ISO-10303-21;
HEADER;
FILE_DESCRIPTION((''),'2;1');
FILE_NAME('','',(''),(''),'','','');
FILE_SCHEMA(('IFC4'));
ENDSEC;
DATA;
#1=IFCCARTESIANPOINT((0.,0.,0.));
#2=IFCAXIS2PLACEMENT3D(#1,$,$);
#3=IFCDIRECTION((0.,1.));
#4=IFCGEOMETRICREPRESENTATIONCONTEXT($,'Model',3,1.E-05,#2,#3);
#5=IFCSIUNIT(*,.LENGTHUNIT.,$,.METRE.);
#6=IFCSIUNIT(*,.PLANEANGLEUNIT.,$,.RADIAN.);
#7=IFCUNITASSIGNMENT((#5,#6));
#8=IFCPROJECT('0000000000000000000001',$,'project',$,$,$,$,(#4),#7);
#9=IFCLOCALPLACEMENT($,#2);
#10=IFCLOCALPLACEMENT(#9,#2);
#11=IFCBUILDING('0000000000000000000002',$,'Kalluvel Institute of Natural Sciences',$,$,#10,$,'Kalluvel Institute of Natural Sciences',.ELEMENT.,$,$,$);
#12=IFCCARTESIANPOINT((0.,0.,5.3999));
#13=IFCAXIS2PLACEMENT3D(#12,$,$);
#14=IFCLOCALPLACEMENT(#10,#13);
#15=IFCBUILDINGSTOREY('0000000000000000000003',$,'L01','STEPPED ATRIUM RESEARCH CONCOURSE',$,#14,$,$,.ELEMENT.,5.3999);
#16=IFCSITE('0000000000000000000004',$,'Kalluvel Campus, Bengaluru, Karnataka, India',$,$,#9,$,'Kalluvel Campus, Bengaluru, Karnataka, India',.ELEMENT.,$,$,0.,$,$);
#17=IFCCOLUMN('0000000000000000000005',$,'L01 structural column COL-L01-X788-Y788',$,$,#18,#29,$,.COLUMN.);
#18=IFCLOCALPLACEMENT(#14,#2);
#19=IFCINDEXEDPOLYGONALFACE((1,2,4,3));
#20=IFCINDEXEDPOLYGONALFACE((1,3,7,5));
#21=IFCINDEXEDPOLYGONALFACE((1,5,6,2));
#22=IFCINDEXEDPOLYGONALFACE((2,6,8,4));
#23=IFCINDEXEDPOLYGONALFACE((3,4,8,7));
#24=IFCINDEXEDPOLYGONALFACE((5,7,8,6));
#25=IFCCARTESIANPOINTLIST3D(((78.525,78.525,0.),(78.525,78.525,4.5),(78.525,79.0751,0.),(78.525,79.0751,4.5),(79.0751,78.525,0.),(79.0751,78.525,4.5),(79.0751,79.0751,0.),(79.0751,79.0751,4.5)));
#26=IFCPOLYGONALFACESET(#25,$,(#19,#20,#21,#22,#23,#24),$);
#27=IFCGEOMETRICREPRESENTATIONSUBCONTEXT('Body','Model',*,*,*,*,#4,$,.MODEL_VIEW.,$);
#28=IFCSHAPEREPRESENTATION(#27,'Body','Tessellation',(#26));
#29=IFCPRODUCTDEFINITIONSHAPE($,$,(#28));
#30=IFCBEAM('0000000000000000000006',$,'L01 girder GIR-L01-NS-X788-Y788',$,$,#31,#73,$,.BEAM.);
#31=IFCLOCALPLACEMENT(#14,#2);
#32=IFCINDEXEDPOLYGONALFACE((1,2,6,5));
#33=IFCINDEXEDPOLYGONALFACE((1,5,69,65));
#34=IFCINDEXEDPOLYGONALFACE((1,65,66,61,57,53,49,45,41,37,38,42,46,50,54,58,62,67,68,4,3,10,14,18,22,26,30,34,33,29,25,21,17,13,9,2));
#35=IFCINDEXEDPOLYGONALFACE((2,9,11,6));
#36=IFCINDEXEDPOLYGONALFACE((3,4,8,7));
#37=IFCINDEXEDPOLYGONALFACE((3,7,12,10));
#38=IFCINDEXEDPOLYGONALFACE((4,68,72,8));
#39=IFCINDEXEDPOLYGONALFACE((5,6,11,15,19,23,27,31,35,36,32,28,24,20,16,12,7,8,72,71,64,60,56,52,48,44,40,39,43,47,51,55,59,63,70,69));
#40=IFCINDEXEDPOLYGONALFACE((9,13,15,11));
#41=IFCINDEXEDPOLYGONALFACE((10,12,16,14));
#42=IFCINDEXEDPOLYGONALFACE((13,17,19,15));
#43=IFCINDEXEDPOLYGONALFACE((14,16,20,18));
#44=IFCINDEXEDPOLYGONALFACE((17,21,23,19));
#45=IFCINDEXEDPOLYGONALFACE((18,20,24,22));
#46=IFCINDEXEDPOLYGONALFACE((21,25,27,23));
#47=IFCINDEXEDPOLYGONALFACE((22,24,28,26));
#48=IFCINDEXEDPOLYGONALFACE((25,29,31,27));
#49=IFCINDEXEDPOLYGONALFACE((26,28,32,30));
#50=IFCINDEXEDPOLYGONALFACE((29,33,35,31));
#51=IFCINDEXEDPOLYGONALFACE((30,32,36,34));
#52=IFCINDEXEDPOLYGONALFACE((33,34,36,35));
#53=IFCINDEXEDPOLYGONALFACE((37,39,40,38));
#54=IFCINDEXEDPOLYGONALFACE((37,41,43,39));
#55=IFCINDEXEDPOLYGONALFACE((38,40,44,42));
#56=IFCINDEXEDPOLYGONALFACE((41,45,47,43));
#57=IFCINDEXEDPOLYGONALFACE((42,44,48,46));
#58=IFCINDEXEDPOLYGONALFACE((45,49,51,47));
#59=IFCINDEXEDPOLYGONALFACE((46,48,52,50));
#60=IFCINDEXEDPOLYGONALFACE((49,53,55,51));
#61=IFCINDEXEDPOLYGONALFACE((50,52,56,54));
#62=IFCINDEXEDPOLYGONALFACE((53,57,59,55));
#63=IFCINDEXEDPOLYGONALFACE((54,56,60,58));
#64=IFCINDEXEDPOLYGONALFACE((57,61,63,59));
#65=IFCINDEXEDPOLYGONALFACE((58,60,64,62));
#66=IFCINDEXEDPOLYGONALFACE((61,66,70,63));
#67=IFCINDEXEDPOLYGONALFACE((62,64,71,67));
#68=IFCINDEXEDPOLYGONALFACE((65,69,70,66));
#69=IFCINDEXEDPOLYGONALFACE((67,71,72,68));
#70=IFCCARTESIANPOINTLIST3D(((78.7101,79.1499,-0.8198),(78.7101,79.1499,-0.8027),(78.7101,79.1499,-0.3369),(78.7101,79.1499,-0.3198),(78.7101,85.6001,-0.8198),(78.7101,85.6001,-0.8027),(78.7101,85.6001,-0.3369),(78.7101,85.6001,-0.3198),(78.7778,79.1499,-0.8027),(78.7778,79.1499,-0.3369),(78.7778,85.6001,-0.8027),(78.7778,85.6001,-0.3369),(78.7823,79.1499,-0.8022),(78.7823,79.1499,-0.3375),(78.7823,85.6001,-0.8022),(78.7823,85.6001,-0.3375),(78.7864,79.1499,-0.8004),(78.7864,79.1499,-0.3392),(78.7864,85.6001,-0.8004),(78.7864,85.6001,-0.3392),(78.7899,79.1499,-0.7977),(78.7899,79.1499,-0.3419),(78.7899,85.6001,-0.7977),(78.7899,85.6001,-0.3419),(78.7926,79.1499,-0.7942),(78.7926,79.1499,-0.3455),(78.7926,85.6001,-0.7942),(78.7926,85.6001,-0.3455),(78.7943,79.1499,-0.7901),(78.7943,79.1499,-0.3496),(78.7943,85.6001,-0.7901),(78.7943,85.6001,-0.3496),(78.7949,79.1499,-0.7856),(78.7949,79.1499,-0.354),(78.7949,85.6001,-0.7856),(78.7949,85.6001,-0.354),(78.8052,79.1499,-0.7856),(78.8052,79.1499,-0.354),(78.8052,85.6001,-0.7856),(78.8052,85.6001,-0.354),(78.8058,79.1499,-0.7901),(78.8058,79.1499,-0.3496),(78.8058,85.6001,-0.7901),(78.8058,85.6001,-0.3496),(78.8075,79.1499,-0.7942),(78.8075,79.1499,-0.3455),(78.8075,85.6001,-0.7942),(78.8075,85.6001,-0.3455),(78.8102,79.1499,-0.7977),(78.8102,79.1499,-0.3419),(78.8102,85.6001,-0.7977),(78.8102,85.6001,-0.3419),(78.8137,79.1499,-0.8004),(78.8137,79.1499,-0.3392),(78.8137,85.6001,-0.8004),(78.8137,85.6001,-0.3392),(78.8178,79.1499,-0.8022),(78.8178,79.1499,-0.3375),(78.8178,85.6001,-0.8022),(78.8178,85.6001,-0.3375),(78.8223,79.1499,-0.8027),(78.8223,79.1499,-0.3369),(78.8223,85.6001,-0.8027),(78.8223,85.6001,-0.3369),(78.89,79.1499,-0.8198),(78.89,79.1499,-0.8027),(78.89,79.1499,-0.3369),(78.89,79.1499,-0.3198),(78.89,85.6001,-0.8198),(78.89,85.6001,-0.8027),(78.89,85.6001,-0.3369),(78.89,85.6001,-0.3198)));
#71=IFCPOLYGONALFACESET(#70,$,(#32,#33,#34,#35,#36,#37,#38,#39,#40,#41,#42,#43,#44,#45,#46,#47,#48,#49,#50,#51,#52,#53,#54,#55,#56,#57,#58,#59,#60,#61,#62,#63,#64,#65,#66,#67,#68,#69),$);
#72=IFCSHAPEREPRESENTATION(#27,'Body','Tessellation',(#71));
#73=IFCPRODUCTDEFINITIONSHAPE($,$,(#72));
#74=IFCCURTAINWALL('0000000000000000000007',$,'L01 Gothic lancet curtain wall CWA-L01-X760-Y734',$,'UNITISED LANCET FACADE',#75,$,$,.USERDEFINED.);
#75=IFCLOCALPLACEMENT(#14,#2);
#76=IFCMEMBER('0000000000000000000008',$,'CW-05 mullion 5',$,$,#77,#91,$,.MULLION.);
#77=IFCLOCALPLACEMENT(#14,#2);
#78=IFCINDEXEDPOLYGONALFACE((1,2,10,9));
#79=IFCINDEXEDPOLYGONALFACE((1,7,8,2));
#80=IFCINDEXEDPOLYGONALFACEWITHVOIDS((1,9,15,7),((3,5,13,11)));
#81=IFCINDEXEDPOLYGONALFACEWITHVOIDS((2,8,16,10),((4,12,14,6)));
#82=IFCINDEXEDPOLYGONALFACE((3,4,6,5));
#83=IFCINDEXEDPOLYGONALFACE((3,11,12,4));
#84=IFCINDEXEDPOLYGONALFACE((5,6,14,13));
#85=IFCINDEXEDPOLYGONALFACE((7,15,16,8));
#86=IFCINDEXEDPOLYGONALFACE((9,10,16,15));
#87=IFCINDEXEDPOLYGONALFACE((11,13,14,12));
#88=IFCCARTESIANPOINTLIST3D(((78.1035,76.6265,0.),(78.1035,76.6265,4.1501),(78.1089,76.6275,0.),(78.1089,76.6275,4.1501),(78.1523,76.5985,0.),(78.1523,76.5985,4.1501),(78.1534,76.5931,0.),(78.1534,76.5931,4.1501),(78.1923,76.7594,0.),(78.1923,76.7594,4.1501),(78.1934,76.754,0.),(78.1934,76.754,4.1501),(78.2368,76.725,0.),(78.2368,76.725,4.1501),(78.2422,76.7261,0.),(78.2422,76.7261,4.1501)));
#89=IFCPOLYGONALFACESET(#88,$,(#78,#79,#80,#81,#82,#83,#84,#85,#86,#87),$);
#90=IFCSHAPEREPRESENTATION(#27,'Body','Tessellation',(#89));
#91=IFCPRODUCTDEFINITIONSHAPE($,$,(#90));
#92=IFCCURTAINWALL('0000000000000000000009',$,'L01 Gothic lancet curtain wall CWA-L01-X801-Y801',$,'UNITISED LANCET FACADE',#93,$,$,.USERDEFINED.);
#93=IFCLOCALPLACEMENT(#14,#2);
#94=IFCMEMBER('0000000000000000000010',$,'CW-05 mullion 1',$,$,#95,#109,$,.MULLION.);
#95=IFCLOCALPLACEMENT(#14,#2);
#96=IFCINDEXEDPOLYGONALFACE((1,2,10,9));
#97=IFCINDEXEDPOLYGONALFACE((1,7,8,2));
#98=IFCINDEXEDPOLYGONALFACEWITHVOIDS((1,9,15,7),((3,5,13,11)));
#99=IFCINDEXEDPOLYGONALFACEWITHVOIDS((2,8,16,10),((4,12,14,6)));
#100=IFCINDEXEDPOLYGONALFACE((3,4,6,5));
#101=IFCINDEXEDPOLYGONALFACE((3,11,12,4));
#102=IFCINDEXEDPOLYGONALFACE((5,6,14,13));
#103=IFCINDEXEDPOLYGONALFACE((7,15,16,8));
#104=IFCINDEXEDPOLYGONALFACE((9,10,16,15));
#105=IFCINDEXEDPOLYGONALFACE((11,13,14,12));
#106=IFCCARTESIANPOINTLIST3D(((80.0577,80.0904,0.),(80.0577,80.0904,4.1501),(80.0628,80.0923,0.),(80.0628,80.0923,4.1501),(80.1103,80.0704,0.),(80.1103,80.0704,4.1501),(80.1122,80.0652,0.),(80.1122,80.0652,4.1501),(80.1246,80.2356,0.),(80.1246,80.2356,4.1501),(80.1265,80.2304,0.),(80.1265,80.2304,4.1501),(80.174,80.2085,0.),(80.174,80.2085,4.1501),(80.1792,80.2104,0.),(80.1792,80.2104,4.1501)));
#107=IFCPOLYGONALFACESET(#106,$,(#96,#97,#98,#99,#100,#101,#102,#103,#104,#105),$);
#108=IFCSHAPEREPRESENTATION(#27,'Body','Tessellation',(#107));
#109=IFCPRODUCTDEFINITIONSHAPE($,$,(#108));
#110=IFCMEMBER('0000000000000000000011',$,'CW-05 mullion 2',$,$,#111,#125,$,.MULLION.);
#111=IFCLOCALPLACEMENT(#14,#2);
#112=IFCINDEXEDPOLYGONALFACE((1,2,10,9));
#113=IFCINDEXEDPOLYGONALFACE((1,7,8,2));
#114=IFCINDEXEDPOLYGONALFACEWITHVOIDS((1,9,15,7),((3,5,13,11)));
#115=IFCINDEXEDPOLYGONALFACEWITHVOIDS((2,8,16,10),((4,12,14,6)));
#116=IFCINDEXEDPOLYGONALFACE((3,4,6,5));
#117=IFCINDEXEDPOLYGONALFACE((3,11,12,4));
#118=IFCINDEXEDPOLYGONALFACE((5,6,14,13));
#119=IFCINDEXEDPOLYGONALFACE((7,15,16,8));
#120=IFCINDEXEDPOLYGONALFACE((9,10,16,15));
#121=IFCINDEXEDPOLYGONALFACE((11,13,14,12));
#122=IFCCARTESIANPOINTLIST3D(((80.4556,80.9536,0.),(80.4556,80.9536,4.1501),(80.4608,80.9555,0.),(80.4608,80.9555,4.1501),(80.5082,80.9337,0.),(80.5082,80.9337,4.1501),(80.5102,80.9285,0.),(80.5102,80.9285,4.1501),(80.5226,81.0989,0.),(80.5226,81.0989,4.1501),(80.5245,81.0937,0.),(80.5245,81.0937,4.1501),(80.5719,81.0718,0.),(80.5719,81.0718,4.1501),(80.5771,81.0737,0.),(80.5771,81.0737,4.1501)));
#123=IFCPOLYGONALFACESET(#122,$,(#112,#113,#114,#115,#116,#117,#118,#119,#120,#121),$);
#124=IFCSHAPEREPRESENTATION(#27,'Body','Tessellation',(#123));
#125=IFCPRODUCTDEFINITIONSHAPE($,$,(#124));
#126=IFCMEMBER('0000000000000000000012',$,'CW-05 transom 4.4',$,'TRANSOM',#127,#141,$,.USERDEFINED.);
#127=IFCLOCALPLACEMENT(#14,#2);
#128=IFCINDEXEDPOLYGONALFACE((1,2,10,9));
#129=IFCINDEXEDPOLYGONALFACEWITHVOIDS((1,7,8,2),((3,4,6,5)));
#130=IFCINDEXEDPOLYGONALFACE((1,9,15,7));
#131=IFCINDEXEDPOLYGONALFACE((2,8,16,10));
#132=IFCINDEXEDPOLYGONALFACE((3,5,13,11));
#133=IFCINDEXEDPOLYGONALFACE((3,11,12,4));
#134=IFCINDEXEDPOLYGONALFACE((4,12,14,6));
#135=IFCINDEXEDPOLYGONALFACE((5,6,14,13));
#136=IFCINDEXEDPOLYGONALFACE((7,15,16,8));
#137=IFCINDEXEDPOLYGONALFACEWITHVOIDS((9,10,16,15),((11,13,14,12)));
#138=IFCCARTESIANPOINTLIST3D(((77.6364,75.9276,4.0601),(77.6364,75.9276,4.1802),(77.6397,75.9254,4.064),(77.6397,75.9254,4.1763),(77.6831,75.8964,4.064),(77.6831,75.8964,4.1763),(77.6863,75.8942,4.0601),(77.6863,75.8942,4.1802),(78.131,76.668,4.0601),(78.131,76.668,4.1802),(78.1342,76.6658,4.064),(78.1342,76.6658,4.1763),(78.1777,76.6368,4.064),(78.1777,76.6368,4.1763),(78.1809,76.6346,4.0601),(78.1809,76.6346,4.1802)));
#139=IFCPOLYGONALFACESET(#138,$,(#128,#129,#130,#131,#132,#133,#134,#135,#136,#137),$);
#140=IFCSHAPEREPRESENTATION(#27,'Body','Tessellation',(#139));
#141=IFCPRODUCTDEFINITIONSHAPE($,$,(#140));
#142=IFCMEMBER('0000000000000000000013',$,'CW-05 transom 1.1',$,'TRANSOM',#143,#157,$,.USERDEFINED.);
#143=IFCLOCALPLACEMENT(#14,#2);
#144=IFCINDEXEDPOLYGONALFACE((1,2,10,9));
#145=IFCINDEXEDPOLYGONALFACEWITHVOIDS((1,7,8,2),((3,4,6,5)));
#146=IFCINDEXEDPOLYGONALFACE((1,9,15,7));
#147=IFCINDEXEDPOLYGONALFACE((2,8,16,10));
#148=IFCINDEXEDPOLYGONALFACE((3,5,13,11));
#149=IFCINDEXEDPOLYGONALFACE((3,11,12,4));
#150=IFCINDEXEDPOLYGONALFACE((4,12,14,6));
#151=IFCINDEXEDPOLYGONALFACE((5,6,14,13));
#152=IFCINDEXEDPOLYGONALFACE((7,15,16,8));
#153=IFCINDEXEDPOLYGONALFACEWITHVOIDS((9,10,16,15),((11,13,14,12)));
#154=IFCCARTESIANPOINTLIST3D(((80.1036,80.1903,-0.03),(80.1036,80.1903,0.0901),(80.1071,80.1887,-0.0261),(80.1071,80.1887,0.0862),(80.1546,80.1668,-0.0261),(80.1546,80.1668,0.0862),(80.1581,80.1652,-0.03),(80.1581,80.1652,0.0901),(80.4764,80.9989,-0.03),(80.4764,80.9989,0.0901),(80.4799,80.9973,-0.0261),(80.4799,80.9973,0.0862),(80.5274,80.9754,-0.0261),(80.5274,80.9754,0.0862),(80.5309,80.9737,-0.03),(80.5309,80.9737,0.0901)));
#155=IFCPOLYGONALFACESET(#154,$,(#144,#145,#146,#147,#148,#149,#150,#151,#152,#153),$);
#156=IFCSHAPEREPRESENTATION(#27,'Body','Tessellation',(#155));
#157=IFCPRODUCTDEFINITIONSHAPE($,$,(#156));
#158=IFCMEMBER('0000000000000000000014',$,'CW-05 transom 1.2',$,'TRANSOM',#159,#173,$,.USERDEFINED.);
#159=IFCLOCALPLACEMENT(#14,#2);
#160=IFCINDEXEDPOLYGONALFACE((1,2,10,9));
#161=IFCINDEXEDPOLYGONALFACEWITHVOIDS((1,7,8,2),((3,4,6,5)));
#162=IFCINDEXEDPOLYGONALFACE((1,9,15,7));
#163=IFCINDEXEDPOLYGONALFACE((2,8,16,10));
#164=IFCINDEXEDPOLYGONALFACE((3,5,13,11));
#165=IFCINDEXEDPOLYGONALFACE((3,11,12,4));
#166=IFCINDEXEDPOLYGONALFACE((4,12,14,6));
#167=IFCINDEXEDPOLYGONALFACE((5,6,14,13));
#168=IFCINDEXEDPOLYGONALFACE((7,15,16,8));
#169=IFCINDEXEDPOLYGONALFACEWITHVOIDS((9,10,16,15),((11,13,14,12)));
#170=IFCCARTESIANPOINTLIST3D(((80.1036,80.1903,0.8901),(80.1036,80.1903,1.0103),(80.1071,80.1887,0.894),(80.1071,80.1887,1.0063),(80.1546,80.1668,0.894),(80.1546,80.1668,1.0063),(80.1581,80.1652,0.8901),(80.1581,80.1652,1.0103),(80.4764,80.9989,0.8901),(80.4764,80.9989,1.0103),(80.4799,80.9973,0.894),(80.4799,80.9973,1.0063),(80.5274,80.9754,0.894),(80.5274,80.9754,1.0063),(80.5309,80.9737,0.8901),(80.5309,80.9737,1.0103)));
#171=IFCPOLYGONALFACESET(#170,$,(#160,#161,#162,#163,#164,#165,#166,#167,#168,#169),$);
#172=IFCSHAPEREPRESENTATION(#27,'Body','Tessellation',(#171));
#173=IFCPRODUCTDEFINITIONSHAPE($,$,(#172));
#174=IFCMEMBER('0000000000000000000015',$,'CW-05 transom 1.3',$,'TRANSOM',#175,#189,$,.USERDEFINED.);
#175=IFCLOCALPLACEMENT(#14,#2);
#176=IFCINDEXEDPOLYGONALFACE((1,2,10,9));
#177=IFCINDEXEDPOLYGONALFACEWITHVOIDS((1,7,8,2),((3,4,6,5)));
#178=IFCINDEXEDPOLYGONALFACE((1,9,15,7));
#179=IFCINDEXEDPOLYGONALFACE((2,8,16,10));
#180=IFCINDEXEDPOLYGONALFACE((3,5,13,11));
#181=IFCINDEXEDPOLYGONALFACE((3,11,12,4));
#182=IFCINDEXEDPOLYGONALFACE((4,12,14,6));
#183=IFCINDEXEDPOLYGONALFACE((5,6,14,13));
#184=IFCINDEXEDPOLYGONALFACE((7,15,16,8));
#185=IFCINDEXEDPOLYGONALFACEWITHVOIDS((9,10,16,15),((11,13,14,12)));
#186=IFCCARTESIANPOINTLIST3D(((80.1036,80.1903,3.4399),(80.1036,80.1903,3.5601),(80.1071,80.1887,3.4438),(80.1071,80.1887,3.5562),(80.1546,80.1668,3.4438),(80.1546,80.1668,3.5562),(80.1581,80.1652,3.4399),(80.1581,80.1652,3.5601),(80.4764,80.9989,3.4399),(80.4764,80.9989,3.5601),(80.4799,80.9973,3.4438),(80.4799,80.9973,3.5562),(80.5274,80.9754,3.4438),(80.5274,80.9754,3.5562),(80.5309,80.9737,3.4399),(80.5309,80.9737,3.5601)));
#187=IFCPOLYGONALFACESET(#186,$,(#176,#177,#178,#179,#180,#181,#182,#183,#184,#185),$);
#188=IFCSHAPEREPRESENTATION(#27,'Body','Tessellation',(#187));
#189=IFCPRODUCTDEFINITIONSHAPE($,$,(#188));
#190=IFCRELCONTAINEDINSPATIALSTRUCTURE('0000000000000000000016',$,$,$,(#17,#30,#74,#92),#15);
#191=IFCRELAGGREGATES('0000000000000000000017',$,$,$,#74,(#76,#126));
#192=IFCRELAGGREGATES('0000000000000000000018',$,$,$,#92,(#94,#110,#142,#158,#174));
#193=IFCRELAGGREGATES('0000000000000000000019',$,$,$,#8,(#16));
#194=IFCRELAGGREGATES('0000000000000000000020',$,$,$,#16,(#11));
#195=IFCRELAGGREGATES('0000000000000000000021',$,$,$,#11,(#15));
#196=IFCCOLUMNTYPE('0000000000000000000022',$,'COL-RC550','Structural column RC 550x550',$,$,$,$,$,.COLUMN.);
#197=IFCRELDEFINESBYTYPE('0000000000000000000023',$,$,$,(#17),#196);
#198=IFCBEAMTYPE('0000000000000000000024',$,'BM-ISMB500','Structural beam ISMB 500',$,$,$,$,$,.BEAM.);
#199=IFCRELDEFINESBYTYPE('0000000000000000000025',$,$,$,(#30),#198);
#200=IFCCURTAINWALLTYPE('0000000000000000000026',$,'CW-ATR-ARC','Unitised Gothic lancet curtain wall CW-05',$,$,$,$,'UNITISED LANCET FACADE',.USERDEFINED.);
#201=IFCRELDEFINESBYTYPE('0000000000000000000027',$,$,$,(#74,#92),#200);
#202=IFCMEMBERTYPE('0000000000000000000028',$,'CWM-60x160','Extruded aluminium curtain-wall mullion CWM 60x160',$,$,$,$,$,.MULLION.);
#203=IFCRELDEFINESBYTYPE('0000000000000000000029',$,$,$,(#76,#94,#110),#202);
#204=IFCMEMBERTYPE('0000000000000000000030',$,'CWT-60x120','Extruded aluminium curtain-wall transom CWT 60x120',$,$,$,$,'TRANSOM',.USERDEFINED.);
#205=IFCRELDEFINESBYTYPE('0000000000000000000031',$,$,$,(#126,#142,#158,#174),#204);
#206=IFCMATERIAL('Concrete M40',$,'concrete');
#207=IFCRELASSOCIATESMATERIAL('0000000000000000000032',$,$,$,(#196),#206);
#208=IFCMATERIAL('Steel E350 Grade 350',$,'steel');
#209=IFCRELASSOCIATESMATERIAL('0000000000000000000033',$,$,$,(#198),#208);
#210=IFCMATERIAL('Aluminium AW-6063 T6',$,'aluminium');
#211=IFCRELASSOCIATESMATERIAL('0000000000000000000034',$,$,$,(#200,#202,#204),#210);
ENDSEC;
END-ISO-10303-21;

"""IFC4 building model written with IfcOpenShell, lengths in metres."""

from ifc_helpers import new_model, si_unit, direction, frame, origin, origin_2d, place, context, subcontext, project, spatial, rectangle, hollow_rectangle, i_section, extrude, material, material_profile, profile_set, type_object, element, aggregate, save


model = new_model("IFC4")

# Units and contexts
model_context = context("Model", 3, precision=1e-05, world=origin(), true_north=direction((0.0, 1.0)))
body_context = subcontext(model_context, "Body", "Model", "MODEL_VIEW")
ifc_project = project(units=[si_unit("LENGTHUNIT", "METRE"), si_unit("PLANEANGLEUNIT", "RADIAN")], contexts=[model_context])

# Site, building, storey
site_placement = place(None, origin())
site = spatial("IfcSite", under=ifc_project, at=site_placement, Name="Kalluvel Campus, Bengaluru, Karnataka, India", LongName="Kalluvel Campus, Bengaluru, Karnataka, India", CompositionType="ELEMENT", RefElevation=0.0)
building_placement = place(site_placement, origin())
building = spatial("IfcBuilding", under=site, at=building_placement, Name="Kalluvel Institute of Natural Sciences", LongName="Kalluvel Institute of Natural Sciences", CompositionType="ELEMENT")
storey_placement = place(building_placement, frame((0.0, 0.0, 5.3999)))
storey = spatial("IfcBuildingStorey", under=building, at=storey_placement, Name="L01", Description="STEPPED ATRIUM RESEARCH CONCOURSE", CompositionType="ELEMENT", Elevation=5.3999)

# Column
ifc_material_1 = material(Name="Concrete M40", Category="concrete")
ifc_material_profile_1 = material_profile(ifc_material_1, rectangle(XDim=0.55, YDim=0.55, at=origin_2d()), Name="RC 550x550")
ifc_profile_set_1 = profile_set([ifc_material_profile_1], Name="Concrete M40")
column_type = type_object("IfcColumnType", Name="COL-RC550", Description="Structural column RC 550x550", PredefinedType="COLUMN", material=ifc_profile_set_1)
column_placement = place(storey_placement, frame((78.8, 78.8, 0.0), z_axis=(0.0, 0.0, 1.0), x_axis=(1.0, 0.0, 0.0)))
element("IfcColumn", 1, at=column_placement, inside=storey, type_object=column_type, Name="L01 structural column COL-L01-X788-Y788", PredefinedType="COLUMN", context=body_context, shape_type="SweptSolid", body=[
    extrude(rectangle(XDim=0.55, YDim=0.55, at=origin_2d()), origin(), (0.0, 0.0, 1.0), 4.5),
])

# Beam
ifc_material_2 = material(Name="Steel E350 Grade 350", Category="steel")
ifc_material_profile_2 = material_profile(ifc_material_2, i_section(OverallWidth=0.1799, OverallDepth=0.5, WebThickness=0.0103, FlangeThickness=0.0171, FilletRadius=0.0171, at=origin_2d()), Name="ISMB 500")
ifc_profile_set_2 = profile_set([ifc_material_profile_2], Name="Steel E350 Grade 350")
beam_type = type_object("IfcBeamType", Name="BM-ISMB500", Description="Structural beam ISMB 500", PredefinedType="BEAM", material=ifc_profile_set_2)
beam_placement = place(storey_placement, frame((78.8, 79.1499, -0.5698), z_axis=(0.0, 1.0, 0.0), x_axis=(-1.0, 0.0, 0.0)))
element("IfcBeam", 2, at=beam_placement, inside=storey, type_object=beam_type, Name="L01 girder GIR-L01-NS-X788-Y788", PredefinedType="BEAM", context=body_context, shape_type="SweptSolid", body=[
    extrude(i_section(OverallWidth=0.1799, OverallDepth=0.5, WebThickness=0.0103, FlangeThickness=0.0171, FilletRadius=0.0171, at=origin_2d()), origin(), (0.0, 0.0, 1.0), 6.4502),
])

# Curtain wall, member
ifc_material_3 = material(Name="Aluminium AW-6063 T6", Category="aluminium")
curtain_wall_type = type_object("IfcCurtainWallType", Name="CW-ATR-ARC", Description="Unitised Gothic lancet curtain wall CW-05", ElementType="UNITISED LANCET FACADE", PredefinedType="USERDEFINED", material=ifc_material_3)
curtain_wall_1_placement = place(storey_placement, origin())
curtain_wall_1 = element("IfcCurtainWall", 3, at=curtain_wall_1_placement, inside=storey, type_object=curtain_wall_type, Name="L01 Gothic lancet curtain wall CWA-L01-X760-Y734", ObjectType="UNITISED LANCET FACADE", PredefinedType="USERDEFINED")
ifc_material_profile_3 = material_profile(ifc_material_3, hollow_rectangle(XDim=0.0601, YDim=0.1599, WallThickness=0.0039, at=origin_2d()), Name="CWM 60x160")
ifc_profile_set_3 = profile_set([ifc_material_profile_3], Name="Aluminium AW-6063 T6")
member_type_1 = type_object("IfcMemberType", Name="CWM-60x160", Description="Extruded aluminium curtain-wall mullion CWM 60x160", PredefinedType="MULLION", material=ifc_profile_set_3)
member_1_placement = place(storey_placement, frame((78.1729, 76.6763, 0.0), z_axis=(0.0, 0.0, 1.0), x_axis=(-0.831469, 0.555571, 0.0)))
member_1 = element("IfcMember", 4, at=member_1_placement, type_object=member_type_1, Name="CW-05 mullion 5", PredefinedType="MULLION", context=body_context, shape_type="SweptSolid", body=[
    extrude(hollow_rectangle(XDim=0.0601, YDim=0.1599, WallThickness=0.0039, at=origin_2d()), origin(), (0.0, 0.0, 1.0), 4.1501),
])

# Curtain wall, members
curtain_wall_2_placement = place(storey_placement, origin())
curtain_wall_2 = element("IfcCurtainWall", 5, at=curtain_wall_2_placement, inside=storey, type_object=curtain_wall_type, Name="L01 Gothic lancet curtain wall CWA-L01-X801-Y801", ObjectType="UNITISED LANCET FACADE", PredefinedType="USERDEFINED")
member_2_placement = place(storey_placement, frame((80.1184, 80.1504, 0.0), z_axis=(0.0, 0.0, 1.0), x_axis=(-0.908144, 0.418657, 0.0)))
member_2 = element("IfcMember", 6, at=member_2_placement, type_object=member_type_1, Name="CW-05 mullion 1", PredefinedType="MULLION", context=body_context, shape_type="SweptSolid", body=[
    extrude(hollow_rectangle(XDim=0.0601, YDim=0.1599, WallThickness=0.0039, at=origin_2d()), origin(), (0.0, 0.0, 1.0), 4.1501),
])
member_3_placement = place(storey_placement, frame((80.5164, 81.0137, 0.0), z_axis=(0.0, 0.0, 1.0), x_axis=(-0.908144, 0.418657, 0.0)))
member_3 = element("IfcMember", 7, at=member_3_placement, type_object=member_type_1, Name="CW-05 mullion 2", PredefinedType="MULLION", context=body_context, shape_type="SweptSolid", body=[
    extrude(hollow_rectangle(XDim=0.0601, YDim=0.1599, WallThickness=0.0039, at=origin_2d()), origin(), (0.0, 0.0, 1.0), 4.1501),
])

# Members
ifc_material_profile_4 = material_profile(ifc_material_3, hollow_rectangle(XDim=0.0601, YDim=0.1201, WallThickness=0.0039, at=origin_2d()), Name="CWT 60x120")
ifc_profile_set_4 = profile_set([ifc_material_profile_4], Name="Aluminium AW-6063 T6")
member_type_2 = type_object("IfcMemberType", Name="CWT-60x120", Description="Extruded aluminium curtain-wall transom CWT 60x120", ElementType="TRANSOM", PredefinedType="USERDEFINED", material=ifc_profile_set_4)
member_4_placement = place(storey_placement, frame((77.6614, 75.9109, 4.1201), z_axis=(0.555459, 0.831544, 0.0), x_axis=(-0.831544, 0.555459, 0.0)))
member_4 = element("IfcMember", 8, at=member_4_placement, type_object=member_type_2, Name="CW-05 transom 4.4", ObjectType="TRANSOM", PredefinedType="USERDEFINED", context=body_context, shape_type="SweptSolid", body=[
    extrude(hollow_rectangle(XDim=0.0601, YDim=0.1201, WallThickness=0.0039, at=origin_2d()), origin(), (0.0, 0.0, 1.0), 0.8904),
])
member_5_placement = place(storey_placement, frame((80.1309, 80.1777, 0.03), z_axis=(0.418693, 0.908128, 0.0), x_axis=(-0.908128, 0.418693, 0.0)))
member_5 = element("IfcMember", 9, at=member_5_placement, type_object=member_type_2, Name="CW-05 transom 1.1", ObjectType="TRANSOM", PredefinedType="USERDEFINED", context=body_context, shape_type="SweptSolid", body=[
    extrude(hollow_rectangle(XDim=0.0601, YDim=0.1201, WallThickness=0.0039, at=origin_2d()), origin(), (0.0, 0.0, 1.0), 0.8904),
])
member_6_placement = place(storey_placement, frame((80.1309, 80.1777, 0.9502), z_axis=(0.418693, 0.908128, 0.0), x_axis=(-0.908128, 0.418693, 0.0)))
member_6 = element("IfcMember", 10, at=member_6_placement, type_object=member_type_2, Name="CW-05 transom 1.2", ObjectType="TRANSOM", PredefinedType="USERDEFINED", context=body_context, shape_type="SweptSolid", body=[
    extrude(hollow_rectangle(XDim=0.0601, YDim=0.1201, WallThickness=0.0039, at=origin_2d()), origin(), (0.0, 0.0, 1.0), 0.8904),
])
member_7_placement = place(storey_placement, frame((80.1309, 80.1777, 3.5), z_axis=(0.418693, 0.908128, 0.0), x_axis=(-0.908128, 0.418693, 0.0)))
member_7 = element("IfcMember", 11, at=member_7_placement, type_object=member_type_2, Name="CW-05 transom 1.3", ObjectType="TRANSOM", PredefinedType="USERDEFINED", context=body_context, shape_type="SweptSolid", body=[
    extrude(hollow_rectangle(XDim=0.0601, YDim=0.1201, WallThickness=0.0039, at=origin_2d()), origin(), (0.0, 0.0, 1.0), 0.8904),
])

aggregate(curtain_wall_1, [member_1, member_4])
aggregate(curtain_wall_2, [member_2, member_3, member_5, member_6, member_7])

save(model, "model.ifc")
